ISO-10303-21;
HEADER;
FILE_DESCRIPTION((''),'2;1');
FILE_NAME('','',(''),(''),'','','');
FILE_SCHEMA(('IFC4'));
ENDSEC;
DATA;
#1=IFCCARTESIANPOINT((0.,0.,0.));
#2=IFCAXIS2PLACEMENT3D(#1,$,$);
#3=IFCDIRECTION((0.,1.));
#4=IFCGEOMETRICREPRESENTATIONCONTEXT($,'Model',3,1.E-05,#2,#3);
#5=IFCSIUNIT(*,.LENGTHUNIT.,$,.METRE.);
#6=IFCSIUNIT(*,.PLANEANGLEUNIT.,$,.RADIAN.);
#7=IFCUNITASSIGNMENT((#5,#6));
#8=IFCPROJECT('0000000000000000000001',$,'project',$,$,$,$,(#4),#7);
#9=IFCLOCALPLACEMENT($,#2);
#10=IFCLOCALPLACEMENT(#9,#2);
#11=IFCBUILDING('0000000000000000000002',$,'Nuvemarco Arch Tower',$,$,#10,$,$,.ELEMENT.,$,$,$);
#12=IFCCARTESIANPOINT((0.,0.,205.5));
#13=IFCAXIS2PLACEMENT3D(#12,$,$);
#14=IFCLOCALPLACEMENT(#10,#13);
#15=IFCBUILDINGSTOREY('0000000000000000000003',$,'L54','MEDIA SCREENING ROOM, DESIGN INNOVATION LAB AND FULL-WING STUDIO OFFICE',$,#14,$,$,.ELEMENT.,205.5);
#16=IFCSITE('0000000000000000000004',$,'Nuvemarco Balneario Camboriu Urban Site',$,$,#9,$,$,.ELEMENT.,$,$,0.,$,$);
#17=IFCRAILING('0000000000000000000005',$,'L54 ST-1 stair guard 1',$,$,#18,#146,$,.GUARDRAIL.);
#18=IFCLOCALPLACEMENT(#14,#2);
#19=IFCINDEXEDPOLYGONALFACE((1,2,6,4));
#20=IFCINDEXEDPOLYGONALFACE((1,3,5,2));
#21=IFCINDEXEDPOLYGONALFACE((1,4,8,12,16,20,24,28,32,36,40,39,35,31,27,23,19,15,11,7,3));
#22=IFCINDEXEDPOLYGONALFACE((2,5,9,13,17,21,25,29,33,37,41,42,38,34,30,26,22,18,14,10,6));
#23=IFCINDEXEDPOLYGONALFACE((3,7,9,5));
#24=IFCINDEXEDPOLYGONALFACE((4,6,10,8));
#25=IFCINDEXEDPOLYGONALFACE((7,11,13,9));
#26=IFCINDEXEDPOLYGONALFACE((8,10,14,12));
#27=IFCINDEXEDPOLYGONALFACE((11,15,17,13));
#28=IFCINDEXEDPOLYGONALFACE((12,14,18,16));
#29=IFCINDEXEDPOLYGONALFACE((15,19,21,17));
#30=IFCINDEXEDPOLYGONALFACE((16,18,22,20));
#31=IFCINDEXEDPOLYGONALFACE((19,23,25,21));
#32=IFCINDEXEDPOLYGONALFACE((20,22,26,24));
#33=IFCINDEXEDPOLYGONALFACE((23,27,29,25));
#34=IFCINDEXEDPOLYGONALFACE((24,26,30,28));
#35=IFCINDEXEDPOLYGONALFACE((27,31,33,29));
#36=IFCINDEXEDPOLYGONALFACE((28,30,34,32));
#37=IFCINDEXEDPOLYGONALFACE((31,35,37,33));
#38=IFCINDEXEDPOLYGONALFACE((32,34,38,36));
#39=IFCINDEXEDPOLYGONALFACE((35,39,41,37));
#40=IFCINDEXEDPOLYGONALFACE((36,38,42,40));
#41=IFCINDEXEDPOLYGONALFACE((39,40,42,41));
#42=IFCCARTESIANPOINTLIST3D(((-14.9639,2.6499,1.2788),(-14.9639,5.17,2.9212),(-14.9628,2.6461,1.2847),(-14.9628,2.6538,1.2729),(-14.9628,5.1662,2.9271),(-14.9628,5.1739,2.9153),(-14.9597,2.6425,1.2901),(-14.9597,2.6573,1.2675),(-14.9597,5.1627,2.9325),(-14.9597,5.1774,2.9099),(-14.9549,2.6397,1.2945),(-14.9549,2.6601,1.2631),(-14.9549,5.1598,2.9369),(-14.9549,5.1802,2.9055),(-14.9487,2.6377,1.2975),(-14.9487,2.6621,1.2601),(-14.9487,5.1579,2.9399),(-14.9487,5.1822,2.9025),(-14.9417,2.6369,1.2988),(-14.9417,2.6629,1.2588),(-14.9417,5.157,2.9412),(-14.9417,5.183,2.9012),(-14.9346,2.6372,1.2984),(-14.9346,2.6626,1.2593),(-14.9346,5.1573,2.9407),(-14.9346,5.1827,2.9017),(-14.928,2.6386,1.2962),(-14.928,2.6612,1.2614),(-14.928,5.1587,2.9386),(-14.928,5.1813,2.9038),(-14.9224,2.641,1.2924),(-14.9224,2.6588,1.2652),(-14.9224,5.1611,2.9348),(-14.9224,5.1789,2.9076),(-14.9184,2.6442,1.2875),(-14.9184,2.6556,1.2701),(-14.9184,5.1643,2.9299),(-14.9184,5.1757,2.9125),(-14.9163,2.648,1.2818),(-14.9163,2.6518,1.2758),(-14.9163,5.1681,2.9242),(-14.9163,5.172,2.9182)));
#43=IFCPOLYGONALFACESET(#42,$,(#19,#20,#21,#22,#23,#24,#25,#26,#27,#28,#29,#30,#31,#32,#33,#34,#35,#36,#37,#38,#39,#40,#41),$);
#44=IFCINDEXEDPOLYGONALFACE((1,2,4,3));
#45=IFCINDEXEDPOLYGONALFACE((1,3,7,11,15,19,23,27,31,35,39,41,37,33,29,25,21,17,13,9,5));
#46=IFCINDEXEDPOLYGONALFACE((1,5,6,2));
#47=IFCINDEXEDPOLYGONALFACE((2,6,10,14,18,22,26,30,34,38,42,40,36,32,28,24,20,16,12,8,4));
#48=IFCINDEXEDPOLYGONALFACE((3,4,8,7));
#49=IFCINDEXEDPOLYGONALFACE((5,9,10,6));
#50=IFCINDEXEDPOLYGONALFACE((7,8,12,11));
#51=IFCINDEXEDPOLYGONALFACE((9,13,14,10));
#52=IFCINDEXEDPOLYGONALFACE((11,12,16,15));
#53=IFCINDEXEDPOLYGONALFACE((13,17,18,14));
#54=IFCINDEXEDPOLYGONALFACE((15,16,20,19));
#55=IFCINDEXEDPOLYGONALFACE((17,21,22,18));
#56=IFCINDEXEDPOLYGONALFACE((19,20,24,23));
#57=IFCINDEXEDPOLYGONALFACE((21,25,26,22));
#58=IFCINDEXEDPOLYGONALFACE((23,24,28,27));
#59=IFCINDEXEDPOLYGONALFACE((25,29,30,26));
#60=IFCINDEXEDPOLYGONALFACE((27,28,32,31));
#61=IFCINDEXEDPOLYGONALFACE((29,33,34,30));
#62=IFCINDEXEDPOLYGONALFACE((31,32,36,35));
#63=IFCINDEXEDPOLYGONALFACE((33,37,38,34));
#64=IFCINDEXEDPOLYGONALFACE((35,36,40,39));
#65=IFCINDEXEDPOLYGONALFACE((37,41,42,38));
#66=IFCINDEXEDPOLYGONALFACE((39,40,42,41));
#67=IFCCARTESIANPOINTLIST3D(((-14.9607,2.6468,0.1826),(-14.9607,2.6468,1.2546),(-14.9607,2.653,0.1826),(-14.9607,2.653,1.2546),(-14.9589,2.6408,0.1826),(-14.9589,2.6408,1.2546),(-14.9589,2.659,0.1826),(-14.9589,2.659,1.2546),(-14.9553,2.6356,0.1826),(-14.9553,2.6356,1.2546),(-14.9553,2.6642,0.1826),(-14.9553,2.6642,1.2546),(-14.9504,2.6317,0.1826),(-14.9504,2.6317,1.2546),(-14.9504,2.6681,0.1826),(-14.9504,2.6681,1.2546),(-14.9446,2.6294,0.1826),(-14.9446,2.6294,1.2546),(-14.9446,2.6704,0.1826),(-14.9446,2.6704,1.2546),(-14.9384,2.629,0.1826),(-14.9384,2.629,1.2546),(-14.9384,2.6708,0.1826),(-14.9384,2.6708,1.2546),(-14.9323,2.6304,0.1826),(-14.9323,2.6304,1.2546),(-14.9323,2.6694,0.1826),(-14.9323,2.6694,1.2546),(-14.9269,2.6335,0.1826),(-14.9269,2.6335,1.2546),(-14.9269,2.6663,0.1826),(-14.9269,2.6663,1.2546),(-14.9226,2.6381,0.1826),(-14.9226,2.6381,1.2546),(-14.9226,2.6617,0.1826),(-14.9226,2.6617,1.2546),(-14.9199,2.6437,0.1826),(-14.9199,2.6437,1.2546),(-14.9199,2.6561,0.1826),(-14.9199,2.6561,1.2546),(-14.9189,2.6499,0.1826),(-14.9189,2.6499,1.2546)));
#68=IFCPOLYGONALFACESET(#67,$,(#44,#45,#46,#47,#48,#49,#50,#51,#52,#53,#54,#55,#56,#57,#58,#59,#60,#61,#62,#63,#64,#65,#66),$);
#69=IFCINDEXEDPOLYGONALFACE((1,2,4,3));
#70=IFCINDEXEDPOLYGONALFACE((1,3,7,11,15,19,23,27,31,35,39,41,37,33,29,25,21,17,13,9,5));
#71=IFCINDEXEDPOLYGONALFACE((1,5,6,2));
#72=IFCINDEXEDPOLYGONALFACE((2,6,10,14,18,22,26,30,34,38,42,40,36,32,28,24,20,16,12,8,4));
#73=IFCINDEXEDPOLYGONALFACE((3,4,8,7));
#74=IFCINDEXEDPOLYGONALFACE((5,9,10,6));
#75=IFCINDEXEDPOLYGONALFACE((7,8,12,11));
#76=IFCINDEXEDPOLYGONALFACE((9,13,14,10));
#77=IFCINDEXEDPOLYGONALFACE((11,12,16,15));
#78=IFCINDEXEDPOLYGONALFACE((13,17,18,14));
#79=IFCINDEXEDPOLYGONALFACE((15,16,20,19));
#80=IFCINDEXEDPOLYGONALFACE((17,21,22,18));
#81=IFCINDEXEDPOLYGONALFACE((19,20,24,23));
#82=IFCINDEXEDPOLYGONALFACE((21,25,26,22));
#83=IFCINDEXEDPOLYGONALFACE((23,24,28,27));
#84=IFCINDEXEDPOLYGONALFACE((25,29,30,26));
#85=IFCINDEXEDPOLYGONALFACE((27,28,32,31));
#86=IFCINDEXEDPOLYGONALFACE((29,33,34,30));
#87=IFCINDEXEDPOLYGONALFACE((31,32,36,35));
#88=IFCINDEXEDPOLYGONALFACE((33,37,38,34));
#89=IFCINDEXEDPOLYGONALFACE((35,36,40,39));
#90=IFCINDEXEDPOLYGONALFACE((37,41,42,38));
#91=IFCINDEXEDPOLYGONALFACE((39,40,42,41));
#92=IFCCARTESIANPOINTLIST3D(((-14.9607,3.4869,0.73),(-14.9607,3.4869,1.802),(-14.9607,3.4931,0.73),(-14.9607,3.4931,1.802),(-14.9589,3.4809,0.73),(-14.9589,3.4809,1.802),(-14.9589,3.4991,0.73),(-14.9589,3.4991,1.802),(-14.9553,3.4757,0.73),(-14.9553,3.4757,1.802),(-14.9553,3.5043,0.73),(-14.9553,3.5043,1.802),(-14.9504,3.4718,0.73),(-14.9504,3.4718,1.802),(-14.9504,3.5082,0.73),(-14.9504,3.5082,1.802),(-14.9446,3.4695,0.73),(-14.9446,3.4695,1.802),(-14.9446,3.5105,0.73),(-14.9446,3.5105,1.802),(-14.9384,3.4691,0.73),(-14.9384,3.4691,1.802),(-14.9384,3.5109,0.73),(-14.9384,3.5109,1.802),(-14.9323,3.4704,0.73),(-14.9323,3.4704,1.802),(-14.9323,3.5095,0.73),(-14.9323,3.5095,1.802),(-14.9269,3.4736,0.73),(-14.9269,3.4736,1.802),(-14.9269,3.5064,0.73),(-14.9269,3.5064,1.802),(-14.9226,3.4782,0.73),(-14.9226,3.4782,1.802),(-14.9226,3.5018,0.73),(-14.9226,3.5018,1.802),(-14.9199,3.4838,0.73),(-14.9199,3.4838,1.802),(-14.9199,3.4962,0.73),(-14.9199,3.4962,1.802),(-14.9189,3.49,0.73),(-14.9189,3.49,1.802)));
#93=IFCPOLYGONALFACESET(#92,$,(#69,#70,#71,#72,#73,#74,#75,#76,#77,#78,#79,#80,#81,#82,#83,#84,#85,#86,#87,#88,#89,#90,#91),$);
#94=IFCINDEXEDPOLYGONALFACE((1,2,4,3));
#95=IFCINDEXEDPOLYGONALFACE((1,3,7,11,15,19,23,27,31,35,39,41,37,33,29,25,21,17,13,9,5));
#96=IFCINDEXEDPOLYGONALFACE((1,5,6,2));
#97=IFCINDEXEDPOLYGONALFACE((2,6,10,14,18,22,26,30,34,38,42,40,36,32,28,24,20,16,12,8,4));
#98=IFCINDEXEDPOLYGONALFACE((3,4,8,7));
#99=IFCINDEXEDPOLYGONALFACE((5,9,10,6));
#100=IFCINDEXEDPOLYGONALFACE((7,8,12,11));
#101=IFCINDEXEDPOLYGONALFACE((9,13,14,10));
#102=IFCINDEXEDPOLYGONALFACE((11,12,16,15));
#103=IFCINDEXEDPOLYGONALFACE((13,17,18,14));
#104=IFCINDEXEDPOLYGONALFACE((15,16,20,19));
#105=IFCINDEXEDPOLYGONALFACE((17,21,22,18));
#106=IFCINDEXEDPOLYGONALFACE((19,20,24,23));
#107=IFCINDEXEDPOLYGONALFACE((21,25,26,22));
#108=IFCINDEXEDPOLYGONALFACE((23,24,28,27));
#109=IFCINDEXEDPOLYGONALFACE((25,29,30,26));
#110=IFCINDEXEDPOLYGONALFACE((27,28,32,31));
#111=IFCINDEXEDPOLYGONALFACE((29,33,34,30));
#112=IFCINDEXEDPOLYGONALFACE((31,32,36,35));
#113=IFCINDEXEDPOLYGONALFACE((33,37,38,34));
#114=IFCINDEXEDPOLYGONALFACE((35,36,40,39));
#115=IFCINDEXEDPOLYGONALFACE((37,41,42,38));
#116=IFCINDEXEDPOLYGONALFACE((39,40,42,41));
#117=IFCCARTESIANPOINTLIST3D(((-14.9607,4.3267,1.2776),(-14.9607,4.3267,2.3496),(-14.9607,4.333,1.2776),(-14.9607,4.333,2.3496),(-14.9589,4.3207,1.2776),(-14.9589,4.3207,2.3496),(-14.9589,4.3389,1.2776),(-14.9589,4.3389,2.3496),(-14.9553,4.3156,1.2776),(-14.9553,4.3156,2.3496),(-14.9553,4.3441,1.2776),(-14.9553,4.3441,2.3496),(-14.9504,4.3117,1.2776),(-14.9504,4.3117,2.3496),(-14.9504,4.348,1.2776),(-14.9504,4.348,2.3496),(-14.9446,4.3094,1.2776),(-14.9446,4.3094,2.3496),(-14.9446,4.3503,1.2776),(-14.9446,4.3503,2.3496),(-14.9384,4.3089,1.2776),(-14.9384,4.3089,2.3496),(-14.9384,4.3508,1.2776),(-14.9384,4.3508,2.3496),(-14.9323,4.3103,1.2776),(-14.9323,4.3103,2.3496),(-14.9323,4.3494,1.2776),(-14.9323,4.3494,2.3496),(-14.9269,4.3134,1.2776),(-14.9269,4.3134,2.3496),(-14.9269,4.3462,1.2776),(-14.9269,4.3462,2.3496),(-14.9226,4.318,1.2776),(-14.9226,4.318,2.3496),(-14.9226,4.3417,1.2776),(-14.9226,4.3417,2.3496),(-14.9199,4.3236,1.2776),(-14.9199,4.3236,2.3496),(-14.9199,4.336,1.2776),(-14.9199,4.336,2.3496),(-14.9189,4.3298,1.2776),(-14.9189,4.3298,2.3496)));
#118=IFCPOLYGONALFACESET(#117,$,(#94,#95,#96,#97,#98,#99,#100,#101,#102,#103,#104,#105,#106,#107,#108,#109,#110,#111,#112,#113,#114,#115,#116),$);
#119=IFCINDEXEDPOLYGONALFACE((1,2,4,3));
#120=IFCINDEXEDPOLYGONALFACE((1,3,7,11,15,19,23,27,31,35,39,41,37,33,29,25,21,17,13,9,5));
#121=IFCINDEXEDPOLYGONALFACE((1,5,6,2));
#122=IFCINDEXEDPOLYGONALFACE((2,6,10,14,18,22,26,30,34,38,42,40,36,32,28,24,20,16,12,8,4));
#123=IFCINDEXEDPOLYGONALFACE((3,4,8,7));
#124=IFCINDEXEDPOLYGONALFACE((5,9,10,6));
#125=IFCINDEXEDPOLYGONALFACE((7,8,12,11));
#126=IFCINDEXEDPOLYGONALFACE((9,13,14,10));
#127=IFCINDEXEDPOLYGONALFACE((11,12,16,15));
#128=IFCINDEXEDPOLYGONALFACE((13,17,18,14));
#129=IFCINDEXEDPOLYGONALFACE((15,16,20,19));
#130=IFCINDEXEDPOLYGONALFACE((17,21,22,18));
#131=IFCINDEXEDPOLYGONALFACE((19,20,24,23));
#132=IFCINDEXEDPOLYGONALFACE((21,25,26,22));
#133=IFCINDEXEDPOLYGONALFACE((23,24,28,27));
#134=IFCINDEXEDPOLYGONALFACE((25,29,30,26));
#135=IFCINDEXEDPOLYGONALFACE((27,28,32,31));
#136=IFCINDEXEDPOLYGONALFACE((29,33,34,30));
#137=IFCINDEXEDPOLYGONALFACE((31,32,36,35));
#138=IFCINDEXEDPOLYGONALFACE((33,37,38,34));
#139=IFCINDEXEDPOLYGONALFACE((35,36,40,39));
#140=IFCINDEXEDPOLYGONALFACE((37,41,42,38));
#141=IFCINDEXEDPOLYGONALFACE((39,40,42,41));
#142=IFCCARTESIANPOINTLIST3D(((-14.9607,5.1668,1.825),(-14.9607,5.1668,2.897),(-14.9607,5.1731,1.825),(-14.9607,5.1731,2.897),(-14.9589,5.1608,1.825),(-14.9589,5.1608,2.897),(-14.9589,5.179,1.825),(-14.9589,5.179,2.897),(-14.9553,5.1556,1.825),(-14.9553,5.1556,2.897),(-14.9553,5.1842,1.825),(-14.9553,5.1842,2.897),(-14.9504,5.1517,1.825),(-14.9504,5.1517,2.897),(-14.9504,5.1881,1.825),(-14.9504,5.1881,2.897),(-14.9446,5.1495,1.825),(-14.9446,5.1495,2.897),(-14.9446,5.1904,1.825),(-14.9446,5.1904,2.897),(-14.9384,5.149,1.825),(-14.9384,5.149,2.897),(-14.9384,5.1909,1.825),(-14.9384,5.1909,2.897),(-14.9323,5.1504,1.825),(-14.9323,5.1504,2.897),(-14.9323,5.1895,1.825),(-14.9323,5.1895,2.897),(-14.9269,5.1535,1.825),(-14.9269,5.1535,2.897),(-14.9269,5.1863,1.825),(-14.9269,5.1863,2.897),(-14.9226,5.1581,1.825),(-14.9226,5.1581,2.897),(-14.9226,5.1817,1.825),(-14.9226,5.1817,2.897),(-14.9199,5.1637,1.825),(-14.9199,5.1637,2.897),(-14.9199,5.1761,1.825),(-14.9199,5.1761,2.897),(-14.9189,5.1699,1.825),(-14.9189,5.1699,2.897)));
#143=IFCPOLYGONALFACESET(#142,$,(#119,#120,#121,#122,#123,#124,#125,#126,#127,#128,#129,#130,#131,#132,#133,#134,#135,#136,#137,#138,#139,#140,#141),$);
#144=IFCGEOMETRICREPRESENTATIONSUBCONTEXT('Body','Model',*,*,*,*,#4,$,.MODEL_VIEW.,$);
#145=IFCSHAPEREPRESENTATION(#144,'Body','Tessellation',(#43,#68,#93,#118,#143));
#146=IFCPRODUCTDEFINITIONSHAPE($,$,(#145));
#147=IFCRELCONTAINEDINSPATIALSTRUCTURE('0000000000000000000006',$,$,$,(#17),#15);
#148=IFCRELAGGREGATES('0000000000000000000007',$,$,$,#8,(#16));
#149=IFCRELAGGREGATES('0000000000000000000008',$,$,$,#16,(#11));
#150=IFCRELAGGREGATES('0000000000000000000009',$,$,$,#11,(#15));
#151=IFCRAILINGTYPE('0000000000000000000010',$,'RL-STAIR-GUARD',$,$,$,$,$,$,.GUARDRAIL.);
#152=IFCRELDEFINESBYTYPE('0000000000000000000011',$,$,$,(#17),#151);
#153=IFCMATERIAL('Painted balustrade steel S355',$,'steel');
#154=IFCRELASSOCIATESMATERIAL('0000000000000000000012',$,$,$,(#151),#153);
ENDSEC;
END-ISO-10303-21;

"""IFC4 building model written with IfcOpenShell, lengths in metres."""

from ifc_helpers import new_model, si_unit, direction, frame, origin, origin_2d, place, context, subcontext, project, spatial, circle, extrude, material, type_object, element, save


model = new_model("IFC4")

# Units and contexts
model_context = context("Model", 3, precision=1e-05, world=origin(), true_north=direction((0.0, 1.0)))
body_context = subcontext(model_context, "Body", "Model", "MODEL_VIEW")
ifc_project = project(units=[si_unit("LENGTHUNIT", "METRE"), si_unit("PLANEANGLEUNIT", "RADIAN")], contexts=[model_context])

# Site, building, storey
site_placement = place(None, origin())
site = spatial("IfcSite", under=ifc_project, at=site_placement, Name="Nuvemarco Balneario Camboriu Urban Site", CompositionType="ELEMENT", RefElevation=0.0)
building_placement = place(site_placement, origin())
building = spatial("IfcBuilding", under=site, at=building_placement, Name="Nuvemarco Arch Tower", CompositionType="ELEMENT")
storey_placement = place(building_placement, frame((0.0, 0.0, 205.5)))
storey = spatial("IfcBuildingStorey", under=building, at=storey_placement, Name="L54", Description="MEDIA SCREENING ROOM, DESIGN INNOVATION LAB AND FULL-WING STUDIO OFFICE", CompositionType="ELEMENT", Elevation=205.5)

# Railing
ifc_material_1 = material(Name="Painted balustrade steel S355", Category="steel")
railing_type_1 = type_object("IfcRailingType", Name="RL-STAIR-GUARD", PredefinedType="GUARDRAIL", material=ifc_material_1)
railing_1_placement = place(storey_placement, frame((-14.9399, 2.6499, 0.1826)))
element("IfcRailing", 1, at=railing_1_placement, inside=storey, type_object=railing_type_1, Name="L54 ST-1 stair guard 1", PredefinedType="GUARDRAIL", context=body_context, shape_type="SweptSolid", body=[
    extrude(circle(Radius=0.0239, at=origin_2d()), frame((0.0, 0.0, 1.0962), z_axis=(0.0, 0.837787, 0.545998), x_axis=(-1.0, 0.0, 0.0)), (0.0, 0.0, 1.0), 3.0081),
    extrude(circle(Radius=0.021, at=origin_2d()), origin(), (0.0, 0.0, 1.0), 1.072),
    extrude(circle(Radius=0.021, at=origin_2d()), frame((0.0, 0.8401, 0.5474)), (0.0, 0.0, 1.0), 1.072),
    extrude(circle(Radius=0.021, at=origin_2d()), frame((0.0, 1.6799, 1.095)), (0.0, 0.0, 1.0), 1.072),
    extrude(circle(Radius=0.021, at=origin_2d()), frame((0.0, 2.52, 1.6423)), (0.0, 0.0, 1.0), 1.072),
])

save(model, "model.ifc")
